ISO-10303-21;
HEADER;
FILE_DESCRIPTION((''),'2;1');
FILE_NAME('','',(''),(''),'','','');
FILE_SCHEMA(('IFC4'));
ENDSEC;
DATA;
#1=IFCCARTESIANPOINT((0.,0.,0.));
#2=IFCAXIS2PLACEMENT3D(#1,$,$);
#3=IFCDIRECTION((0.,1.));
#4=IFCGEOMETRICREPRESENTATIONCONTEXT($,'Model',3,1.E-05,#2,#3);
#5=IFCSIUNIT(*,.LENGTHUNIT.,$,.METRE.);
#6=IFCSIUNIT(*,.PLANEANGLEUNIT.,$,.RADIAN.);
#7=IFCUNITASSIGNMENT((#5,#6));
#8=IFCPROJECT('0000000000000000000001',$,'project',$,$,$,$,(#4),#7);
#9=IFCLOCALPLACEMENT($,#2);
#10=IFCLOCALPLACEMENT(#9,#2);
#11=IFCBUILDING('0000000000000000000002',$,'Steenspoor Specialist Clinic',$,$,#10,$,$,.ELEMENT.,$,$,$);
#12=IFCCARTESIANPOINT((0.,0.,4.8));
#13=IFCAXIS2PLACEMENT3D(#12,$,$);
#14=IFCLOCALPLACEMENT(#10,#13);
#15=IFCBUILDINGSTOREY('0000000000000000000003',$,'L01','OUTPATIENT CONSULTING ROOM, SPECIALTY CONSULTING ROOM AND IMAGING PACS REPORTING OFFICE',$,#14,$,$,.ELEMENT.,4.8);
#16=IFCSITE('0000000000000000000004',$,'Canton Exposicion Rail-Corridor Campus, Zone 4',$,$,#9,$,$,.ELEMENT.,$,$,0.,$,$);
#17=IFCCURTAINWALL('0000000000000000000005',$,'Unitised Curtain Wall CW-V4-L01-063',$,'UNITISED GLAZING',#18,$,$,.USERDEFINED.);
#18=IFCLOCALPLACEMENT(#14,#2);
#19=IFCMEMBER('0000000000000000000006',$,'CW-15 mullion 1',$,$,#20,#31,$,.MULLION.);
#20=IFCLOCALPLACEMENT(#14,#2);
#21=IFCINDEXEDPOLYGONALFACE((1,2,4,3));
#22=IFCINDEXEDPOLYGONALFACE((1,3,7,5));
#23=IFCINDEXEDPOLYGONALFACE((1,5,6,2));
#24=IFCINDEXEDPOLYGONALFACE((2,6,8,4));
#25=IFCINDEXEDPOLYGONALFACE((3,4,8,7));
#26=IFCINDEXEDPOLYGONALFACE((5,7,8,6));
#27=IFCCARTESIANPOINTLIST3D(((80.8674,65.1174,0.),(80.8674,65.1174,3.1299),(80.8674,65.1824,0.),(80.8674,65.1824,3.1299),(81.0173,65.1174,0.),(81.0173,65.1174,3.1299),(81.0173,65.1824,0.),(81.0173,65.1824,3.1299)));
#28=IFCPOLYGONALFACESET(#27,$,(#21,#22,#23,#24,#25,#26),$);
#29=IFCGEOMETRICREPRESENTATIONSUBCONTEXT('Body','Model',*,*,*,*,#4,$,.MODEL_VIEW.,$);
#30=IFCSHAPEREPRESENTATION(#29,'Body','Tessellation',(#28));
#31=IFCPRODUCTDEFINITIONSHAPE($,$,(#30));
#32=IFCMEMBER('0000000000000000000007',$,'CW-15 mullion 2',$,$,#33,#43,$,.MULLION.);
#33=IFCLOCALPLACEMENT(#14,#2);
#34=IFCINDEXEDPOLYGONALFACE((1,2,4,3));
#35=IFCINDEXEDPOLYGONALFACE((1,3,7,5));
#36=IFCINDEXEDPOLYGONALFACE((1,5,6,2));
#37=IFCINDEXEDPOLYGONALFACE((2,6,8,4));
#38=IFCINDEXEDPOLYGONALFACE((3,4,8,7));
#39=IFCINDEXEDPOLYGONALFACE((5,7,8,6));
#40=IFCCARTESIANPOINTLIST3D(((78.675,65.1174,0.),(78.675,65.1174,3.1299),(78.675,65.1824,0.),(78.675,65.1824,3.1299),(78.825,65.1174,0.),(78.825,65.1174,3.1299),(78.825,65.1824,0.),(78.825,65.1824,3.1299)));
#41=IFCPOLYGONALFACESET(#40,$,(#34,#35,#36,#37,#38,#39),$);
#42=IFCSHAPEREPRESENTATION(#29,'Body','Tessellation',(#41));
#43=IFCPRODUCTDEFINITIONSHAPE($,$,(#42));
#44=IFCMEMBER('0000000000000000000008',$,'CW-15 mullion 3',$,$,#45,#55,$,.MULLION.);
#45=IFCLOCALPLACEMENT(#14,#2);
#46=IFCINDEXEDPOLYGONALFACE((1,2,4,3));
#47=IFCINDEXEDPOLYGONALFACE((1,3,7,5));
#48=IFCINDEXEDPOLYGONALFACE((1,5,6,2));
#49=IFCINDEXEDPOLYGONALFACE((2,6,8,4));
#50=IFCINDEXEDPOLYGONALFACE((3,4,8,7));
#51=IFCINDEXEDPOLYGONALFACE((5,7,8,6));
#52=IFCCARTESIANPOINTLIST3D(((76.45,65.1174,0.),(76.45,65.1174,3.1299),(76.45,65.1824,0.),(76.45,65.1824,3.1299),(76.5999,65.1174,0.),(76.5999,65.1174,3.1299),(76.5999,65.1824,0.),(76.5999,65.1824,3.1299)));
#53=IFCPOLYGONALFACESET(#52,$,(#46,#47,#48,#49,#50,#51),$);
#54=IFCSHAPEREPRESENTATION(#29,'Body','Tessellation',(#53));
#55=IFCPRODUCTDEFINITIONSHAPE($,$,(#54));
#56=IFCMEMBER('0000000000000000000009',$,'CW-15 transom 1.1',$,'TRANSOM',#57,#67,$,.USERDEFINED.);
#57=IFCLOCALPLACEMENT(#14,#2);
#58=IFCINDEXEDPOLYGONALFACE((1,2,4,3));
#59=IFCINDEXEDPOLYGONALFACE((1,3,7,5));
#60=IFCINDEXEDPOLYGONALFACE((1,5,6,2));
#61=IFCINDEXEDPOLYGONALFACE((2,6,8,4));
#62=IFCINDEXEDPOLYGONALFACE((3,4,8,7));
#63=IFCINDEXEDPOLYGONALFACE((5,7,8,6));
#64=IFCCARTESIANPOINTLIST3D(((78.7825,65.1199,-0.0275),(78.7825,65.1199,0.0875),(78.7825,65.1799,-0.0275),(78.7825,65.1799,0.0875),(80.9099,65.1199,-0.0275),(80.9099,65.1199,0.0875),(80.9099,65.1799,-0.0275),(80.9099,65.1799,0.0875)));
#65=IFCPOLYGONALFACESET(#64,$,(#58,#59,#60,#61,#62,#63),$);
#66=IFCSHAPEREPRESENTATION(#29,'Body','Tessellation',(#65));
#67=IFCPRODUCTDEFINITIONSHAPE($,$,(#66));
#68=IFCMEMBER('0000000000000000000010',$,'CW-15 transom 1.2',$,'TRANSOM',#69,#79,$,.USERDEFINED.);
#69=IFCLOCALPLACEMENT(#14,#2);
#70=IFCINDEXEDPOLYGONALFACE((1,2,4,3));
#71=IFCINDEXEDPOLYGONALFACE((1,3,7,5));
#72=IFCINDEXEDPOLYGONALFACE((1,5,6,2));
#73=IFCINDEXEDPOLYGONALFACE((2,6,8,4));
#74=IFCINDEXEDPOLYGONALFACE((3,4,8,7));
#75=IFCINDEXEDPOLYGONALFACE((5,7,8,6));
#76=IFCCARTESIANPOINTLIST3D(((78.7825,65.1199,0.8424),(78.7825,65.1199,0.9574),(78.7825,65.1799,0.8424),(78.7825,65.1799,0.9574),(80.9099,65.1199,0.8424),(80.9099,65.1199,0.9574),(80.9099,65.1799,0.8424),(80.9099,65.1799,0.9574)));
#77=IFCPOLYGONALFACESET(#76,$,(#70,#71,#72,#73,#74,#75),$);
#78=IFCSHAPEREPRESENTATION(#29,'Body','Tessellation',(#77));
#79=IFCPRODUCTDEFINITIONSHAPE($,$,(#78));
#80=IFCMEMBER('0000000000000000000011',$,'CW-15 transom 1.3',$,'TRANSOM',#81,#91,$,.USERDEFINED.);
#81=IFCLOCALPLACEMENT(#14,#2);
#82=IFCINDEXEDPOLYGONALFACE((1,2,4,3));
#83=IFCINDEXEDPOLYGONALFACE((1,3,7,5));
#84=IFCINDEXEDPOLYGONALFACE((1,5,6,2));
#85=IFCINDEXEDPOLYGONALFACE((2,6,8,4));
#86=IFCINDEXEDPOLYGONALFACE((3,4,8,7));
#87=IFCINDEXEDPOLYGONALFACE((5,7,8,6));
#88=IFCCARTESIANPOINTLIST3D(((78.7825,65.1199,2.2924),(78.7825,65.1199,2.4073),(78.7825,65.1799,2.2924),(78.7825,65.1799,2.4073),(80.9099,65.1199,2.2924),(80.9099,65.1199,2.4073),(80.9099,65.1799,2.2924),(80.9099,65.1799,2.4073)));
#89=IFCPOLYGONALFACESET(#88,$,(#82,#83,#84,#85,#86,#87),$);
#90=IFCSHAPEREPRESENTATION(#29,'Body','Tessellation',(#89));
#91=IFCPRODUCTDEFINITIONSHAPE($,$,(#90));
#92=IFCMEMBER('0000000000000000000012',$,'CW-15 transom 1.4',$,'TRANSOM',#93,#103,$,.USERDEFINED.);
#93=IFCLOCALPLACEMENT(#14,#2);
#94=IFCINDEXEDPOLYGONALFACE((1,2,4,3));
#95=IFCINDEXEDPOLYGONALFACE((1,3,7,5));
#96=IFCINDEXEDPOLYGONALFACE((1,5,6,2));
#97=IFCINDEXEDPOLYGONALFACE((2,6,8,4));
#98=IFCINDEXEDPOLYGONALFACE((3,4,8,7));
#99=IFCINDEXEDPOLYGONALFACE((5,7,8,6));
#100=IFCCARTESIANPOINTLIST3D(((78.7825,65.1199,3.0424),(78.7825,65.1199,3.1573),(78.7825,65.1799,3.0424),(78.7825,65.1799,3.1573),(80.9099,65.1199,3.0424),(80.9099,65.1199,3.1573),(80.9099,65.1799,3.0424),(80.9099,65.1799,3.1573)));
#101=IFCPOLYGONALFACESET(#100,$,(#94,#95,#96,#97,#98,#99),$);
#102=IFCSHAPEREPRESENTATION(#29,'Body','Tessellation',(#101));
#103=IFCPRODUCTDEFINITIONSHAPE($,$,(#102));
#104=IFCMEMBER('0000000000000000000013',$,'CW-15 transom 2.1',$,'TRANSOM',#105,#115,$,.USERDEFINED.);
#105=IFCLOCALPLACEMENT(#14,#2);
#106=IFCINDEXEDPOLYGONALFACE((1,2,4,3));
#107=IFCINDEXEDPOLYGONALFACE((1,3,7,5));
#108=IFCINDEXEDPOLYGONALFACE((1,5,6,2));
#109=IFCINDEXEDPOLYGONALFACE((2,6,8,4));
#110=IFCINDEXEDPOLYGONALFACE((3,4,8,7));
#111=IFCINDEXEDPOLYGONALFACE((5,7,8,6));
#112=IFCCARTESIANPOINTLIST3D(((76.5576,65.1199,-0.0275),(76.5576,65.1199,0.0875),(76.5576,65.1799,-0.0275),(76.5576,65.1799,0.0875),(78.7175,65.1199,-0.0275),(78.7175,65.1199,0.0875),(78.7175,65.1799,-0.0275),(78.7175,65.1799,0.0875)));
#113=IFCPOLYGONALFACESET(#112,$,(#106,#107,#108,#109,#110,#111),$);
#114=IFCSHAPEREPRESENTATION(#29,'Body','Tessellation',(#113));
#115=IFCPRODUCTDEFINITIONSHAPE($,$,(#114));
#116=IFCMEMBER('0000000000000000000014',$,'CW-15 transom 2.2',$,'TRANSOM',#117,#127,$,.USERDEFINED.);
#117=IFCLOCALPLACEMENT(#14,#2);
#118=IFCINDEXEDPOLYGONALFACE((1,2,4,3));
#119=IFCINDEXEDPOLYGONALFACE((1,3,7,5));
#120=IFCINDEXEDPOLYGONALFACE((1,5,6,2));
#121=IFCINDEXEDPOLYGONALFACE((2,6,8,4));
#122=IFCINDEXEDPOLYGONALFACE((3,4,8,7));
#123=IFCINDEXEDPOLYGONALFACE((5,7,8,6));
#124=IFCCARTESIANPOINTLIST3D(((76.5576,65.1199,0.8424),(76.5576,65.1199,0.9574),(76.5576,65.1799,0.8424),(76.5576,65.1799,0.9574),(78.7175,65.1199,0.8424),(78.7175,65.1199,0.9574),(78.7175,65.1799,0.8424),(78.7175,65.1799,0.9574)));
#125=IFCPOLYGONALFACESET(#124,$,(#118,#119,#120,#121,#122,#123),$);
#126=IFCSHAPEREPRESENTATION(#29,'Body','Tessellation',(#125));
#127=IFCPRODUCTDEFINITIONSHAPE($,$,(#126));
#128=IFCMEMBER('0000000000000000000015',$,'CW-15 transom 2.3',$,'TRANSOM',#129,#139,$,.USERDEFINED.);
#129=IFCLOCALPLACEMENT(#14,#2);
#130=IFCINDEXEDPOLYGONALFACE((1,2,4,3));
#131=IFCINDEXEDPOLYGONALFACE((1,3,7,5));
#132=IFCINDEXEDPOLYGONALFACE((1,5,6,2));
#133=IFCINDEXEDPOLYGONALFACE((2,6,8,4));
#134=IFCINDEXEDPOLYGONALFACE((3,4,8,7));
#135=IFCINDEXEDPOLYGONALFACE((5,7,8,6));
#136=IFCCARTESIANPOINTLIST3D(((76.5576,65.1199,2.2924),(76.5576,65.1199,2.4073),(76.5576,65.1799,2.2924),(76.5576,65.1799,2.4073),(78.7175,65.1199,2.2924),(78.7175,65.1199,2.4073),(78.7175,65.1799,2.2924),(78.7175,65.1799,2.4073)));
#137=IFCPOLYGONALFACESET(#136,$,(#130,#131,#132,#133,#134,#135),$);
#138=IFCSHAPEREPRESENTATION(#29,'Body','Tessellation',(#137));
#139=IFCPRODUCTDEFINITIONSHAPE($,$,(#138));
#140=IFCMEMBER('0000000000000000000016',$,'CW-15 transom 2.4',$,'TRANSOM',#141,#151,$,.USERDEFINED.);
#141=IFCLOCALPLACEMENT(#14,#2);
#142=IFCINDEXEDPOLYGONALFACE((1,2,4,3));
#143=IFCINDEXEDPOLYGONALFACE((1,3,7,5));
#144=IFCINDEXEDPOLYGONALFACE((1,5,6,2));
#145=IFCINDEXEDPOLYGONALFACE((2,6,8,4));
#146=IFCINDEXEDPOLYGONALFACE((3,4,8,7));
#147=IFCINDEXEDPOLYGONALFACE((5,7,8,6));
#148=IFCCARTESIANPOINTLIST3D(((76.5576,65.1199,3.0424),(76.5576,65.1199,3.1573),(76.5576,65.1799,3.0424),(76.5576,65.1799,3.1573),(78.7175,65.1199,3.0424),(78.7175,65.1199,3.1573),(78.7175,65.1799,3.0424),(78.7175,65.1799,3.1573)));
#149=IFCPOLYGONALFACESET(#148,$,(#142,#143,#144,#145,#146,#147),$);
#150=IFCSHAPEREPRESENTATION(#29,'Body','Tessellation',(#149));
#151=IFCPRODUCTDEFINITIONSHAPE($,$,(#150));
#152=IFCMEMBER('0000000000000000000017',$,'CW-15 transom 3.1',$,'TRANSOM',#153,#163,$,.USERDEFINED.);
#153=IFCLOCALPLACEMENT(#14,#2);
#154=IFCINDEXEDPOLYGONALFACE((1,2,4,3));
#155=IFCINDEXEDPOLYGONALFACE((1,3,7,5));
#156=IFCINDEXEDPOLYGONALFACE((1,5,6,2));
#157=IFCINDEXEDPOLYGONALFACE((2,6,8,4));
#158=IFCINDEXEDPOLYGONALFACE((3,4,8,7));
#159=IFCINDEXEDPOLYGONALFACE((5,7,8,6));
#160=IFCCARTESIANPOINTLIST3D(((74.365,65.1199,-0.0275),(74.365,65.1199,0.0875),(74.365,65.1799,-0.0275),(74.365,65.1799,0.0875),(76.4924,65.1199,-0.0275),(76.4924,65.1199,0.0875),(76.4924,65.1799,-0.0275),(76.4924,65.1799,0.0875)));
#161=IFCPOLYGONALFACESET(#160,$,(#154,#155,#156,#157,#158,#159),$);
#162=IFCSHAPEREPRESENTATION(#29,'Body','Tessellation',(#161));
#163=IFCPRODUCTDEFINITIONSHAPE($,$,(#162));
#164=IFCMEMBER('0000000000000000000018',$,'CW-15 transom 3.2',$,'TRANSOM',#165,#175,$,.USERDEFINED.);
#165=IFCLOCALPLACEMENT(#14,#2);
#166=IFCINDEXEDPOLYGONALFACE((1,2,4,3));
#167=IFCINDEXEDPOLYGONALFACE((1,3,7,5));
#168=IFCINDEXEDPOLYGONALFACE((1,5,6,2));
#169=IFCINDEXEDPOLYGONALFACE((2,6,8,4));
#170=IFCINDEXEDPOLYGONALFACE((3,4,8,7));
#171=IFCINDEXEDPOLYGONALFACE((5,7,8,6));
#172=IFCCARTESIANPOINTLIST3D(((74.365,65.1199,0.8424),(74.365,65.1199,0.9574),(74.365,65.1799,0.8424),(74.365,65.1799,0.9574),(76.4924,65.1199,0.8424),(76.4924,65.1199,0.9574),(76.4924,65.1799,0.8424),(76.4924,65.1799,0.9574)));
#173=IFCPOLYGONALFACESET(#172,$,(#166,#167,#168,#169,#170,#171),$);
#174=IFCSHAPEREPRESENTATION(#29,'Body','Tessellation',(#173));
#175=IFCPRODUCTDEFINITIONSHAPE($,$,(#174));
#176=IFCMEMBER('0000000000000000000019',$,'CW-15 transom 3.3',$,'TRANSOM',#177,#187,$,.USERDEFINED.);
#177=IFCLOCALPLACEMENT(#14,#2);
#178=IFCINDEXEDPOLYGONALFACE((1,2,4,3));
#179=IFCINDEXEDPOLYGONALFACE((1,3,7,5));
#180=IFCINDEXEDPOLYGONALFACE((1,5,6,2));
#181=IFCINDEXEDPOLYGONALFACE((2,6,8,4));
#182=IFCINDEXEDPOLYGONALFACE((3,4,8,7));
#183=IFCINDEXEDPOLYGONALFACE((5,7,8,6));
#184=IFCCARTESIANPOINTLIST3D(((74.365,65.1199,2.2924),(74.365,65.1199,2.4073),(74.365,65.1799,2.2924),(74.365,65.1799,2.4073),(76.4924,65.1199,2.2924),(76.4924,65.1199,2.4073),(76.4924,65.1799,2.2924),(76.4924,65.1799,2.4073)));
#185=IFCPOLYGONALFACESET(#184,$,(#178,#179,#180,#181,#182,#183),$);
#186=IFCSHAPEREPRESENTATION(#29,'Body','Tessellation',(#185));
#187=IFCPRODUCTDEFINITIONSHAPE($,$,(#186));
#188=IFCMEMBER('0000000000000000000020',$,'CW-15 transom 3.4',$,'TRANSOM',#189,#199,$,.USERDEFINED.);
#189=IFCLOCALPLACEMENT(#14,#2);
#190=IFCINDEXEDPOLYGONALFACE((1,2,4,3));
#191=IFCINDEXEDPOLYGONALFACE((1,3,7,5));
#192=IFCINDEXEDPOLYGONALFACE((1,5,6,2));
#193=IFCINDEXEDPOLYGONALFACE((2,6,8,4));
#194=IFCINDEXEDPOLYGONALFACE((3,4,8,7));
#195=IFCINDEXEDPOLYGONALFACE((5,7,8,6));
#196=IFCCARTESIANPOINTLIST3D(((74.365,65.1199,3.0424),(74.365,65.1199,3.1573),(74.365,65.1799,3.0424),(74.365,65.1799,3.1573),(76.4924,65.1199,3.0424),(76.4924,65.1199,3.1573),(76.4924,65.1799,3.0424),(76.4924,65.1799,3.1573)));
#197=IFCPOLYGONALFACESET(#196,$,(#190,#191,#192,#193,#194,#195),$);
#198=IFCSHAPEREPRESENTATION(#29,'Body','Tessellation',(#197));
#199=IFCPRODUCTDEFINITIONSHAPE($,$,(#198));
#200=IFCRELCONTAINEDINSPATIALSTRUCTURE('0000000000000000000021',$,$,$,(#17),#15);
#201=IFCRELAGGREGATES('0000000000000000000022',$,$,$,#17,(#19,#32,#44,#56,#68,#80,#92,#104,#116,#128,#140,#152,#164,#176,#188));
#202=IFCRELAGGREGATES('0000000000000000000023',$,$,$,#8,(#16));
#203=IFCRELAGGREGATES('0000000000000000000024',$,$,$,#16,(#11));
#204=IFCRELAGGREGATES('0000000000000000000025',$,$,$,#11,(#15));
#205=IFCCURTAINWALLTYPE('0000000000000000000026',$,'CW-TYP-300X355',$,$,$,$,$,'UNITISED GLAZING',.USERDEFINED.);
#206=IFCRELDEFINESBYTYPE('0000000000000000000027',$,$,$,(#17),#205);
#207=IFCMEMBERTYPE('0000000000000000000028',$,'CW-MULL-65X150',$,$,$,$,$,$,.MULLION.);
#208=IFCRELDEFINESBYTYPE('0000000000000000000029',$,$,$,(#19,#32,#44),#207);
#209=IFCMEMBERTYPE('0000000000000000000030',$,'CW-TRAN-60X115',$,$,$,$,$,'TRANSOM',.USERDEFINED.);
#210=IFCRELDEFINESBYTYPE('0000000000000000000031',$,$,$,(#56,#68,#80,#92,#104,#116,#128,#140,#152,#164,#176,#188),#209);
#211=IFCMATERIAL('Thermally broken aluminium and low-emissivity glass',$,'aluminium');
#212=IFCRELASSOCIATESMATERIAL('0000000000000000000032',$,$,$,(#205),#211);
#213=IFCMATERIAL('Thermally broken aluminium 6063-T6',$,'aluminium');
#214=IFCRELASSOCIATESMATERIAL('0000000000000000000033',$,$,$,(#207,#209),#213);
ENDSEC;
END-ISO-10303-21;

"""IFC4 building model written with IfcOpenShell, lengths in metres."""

from ifc_helpers import new_model, si_unit, direction, frame, origin, origin_2d, place, context, subcontext, project, spatial, rectangle, extrude, material, material_profile, profile_set, type_object, element, aggregate, save


model = new_model("IFC4")

# Units and contexts
model_context = context("Model", 3, precision=1e-05, world=origin(), true_north=direction((0.0, 1.0)))
body_context = subcontext(model_context, "Body", "Model", "MODEL_VIEW")
ifc_project = project(units=[si_unit("LENGTHUNIT", "METRE"), si_unit("PLANEANGLEUNIT", "RADIAN")], contexts=[model_context])

# Site, building, storey
site_placement = place(None, origin())
site = spatial("IfcSite", under=ifc_project, at=site_placement, Name="Canton Exposicion Rail-Corridor Campus, Zone 4", CompositionType="ELEMENT", RefElevation=0.0)
building_placement = place(site_placement, origin())
building = spatial("IfcBuilding", under=site, at=building_placement, Name="Steenspoor Specialist Clinic", CompositionType="ELEMENT")
storey_placement = place(building_placement, frame((0.0, 0.0, 4.8)))
storey = spatial("IfcBuildingStorey", under=building, at=storey_placement, Name="L01", Description="OUTPATIENT CONSULTING ROOM, SPECIALTY CONSULTING ROOM AND IMAGING PACS REPORTING OFFICE", CompositionType="ELEMENT", Elevation=4.8)

# Curtain wall, members
ifc_material_1 = material(Name="Thermally broken aluminium and low-emissivity glass", Category="aluminium")
curtain_wall_type = type_object("IfcCurtainWallType", Name="CW-TYP-300X355", ElementType="UNITISED GLAZING", PredefinedType="USERDEFINED", material=ifc_material_1)
curtain_wall_placement = place(storey_placement, origin())
curtain_wall = element("IfcCurtainWall", 1, at=curtain_wall_placement, inside=storey, type_object=curtain_wall_type, Name="Unitised Curtain Wall CW-V4-L01-063", ObjectType="UNITISED GLAZING", PredefinedType="USERDEFINED")
ifc_material_2 = material(Name="Thermally broken aluminium 6063-T6", Category="aluminium")
ifc_material_profile_1 = material_profile(ifc_material_2, rectangle(XDim=0.0649, YDim=0.1499, at=origin_2d()), Name="CWM-65X150")
ifc_profile_set_1 = profile_set([ifc_material_profile_1], Name="Thermally broken aluminium 6063-T6")
member_type_1 = type_object("IfcMemberType", Name="CW-MULL-65X150", PredefinedType="MULLION", material=ifc_profile_set_1)
member_1_placement = place(storey_placement, frame((80.9424, 65.1499, 0.0), z_axis=(0.0, 0.0, 1.0), x_axis=(0.0, -1.0, 0.0)))
member_1 = element("IfcMember", 2, at=member_1_placement, type_object=member_type_1, Name="CW-15 mullion 1", PredefinedType="MULLION", context=body_context, shape_type="SweptSolid", body=[
    extrude(rectangle(XDim=0.0649, YDim=0.1499, at=origin_2d()), origin(), (0.0, 0.0, 1.0), 3.1299),
])
member_2_placement = place(storey_placement, frame((78.75, 65.1499, 0.0), z_axis=(0.0, 0.0, 1.0), x_axis=(0.0, -1.0, 0.0)))
member_2 = element("IfcMember", 3, at=member_2_placement, type_object=member_type_1, Name="CW-15 mullion 2", PredefinedType="MULLION", context=body_context, shape_type="SweptSolid", body=[
    extrude(rectangle(XDim=0.0649, YDim=0.1499, at=origin_2d()), origin(), (0.0, 0.0, 1.0), 3.1299),
])
member_3_placement = place(storey_placement, frame((76.5249, 65.1499, 0.0), z_axis=(0.0, 0.0, 1.0), x_axis=(0.0, -1.0, 0.0)))
member_3 = element("IfcMember", 4, at=member_3_placement, type_object=member_type_1, Name="CW-15 mullion 3", PredefinedType="MULLION", context=body_context, shape_type="SweptSolid", body=[
    extrude(rectangle(XDim=0.0649, YDim=0.1499, at=origin_2d()), origin(), (0.0, 0.0, 1.0), 3.1299),
])
ifc_material_profile_2 = material_profile(ifc_material_2, rectangle(XDim=0.0601, YDim=0.115, at=origin_2d()), Name="CWT-60X115")
ifc_profile_set_2 = profile_set([ifc_material_profile_2], Name="Thermally broken aluminium 6063-T6")
member_type_2 = type_object("IfcMemberType", Name="CW-TRAN-60X115", ElementType="TRANSOM", PredefinedType="USERDEFINED", material=ifc_profile_set_2)
member_4_placement = place(storey_placement, frame((80.9099, 65.1499, 0.03), z_axis=(-1.0, 0.0, 0.0), x_axis=(0.0, -1.0, 0.0)))
member_4 = element("IfcMember", 5, at=member_4_placement, type_object=member_type_2, Name="CW-15 transom 1.1", ObjectType="TRANSOM", PredefinedType="USERDEFINED", context=body_context, shape_type="SweptSolid", body=[
    extrude(rectangle(XDim=0.0601, YDim=0.115, at=origin_2d()), origin(), (0.0, 0.0, 1.0), 2.1274),
])
member_5_placement = place(storey_placement, frame((80.9099, 65.1499, 0.8999), z_axis=(-1.0, 0.0, 0.0), x_axis=(0.0, -1.0, 0.0)))
member_5 = element("IfcMember", 6, at=member_5_placement, type_object=member_type_2, Name="CW-15 transom 1.2", ObjectType="TRANSOM", PredefinedType="USERDEFINED", context=body_context, shape_type="SweptSolid", body=[
    extrude(rectangle(XDim=0.0601, YDim=0.115, at=origin_2d()), origin(), (0.0, 0.0, 1.0), 2.1274),
])
member_6_placement = place(storey_placement, frame((80.9099, 65.1499, 2.3499), z_axis=(-1.0, 0.0, 0.0), x_axis=(0.0, -1.0, 0.0)))
member_6 = element("IfcMember", 7, at=member_6_placement, type_object=member_type_2, Name="CW-15 transom 1.3", ObjectType="TRANSOM", PredefinedType="USERDEFINED", context=body_context, shape_type="SweptSolid", body=[
    extrude(rectangle(XDim=0.0601, YDim=0.115, at=origin_2d()), origin(), (0.0, 0.0, 1.0), 2.1274),
])
member_7_placement = place(storey_placement, frame((80.9099, 65.1499, 3.0999), z_axis=(-1.0, 0.0, 0.0), x_axis=(0.0, -1.0, 0.0)))
member_7 = element("IfcMember", 8, at=member_7_placement, type_object=member_type_2, Name="CW-15 transom 1.4", ObjectType="TRANSOM", PredefinedType="USERDEFINED", context=body_context, shape_type="SweptSolid", body=[
    extrude(rectangle(XDim=0.0601, YDim=0.115, at=origin_2d()), origin(), (0.0, 0.0, 1.0), 2.1274),
])
member_8_placement = place(storey_placement, frame((78.7175, 65.1499, 0.03), z_axis=(-1.0, 0.0, 0.0), x_axis=(0.0, -1.0, 0.0)))
member_8 = element("IfcMember", 9, at=member_8_placement, type_object=member_type_2, Name="CW-15 transom 2.1", ObjectType="TRANSOM", PredefinedType="USERDEFINED", context=body_context, shape_type="SweptSolid", body=[
    extrude(rectangle(XDim=0.0601, YDim=0.115, at=origin_2d()), origin(), (0.0, 0.0, 1.0), 2.1599),
])
member_9_placement = place(storey_placement, frame((78.7175, 65.1499, 0.8999), z_axis=(-1.0, 0.0, 0.0), x_axis=(0.0, -1.0, 0.0)))
member_9 = element("IfcMember", 10, at=member_9_placement, type_object=member_type_2, Name="CW-15 transom 2.2", ObjectType="TRANSOM", PredefinedType="USERDEFINED", context=body_context, shape_type="SweptSolid", body=[
    extrude(rectangle(XDim=0.0601, YDim=0.115, at=origin_2d()), origin(), (0.0, 0.0, 1.0), 2.1599),
])
member_10_placement = place(storey_placement, frame((78.7175, 65.1499, 2.3499), z_axis=(-1.0, 0.0, 0.0), x_axis=(0.0, -1.0, 0.0)))
member_10 = element("IfcMember", 11, at=member_10_placement, type_object=member_type_2, Name="CW-15 transom 2.3", ObjectType="TRANSOM", PredefinedType="USERDEFINED", context=body_context, shape_type="SweptSolid", body=[
    extrude(rectangle(XDim=0.0601, YDim=0.115, at=origin_2d()), origin(), (0.0, 0.0, 1.0), 2.1599),
])
member_11_placement = place(storey_placement, frame((78.7175, 65.1499, 3.0999), z_axis=(-1.0, 0.0, 0.0), x_axis=(0.0, -1.0, 0.0)))
member_11 = element("IfcMember", 12, at=member_11_placement, type_object=member_type_2, Name="CW-15 transom 2.4", ObjectType="TRANSOM", PredefinedType="USERDEFINED", context=body_context, shape_type="SweptSolid", body=[
    extrude(rectangle(XDim=0.0601, YDim=0.115, at=origin_2d()), origin(), (0.0, 0.0, 1.0), 2.1599),
])
member_12_placement = place(storey_placement, frame((76.4924, 65.1499, 0.03), z_axis=(-1.0, 0.0, 0.0), x_axis=(0.0, -1.0, 0.0)))
member_12 = element("IfcMember", 13, at=member_12_placement, type_object=member_type_2, Name="CW-15 transom 3.1", ObjectType="TRANSOM", PredefinedType="USERDEFINED", context=body_context, shape_type="SweptSolid", body=[
    extrude(rectangle(XDim=0.0601, YDim=0.115, at=origin_2d()), origin(), (0.0, 0.0, 1.0), 2.1274),
])
member_13_placement = place(storey_placement, frame((76.4924, 65.1499, 0.8999), z_axis=(-1.0, 0.0, 0.0), x_axis=(0.0, -1.0, 0.0)))
member_13 = element("IfcMember", 14, at=member_13_placement, type_object=member_type_2, Name="CW-15 transom 3.2", ObjectType="TRANSOM", PredefinedType="USERDEFINED", context=body_context, shape_type="SweptSolid", body=[
    extrude(rectangle(XDim=0.0601, YDim=0.115, at=origin_2d()), origin(), (0.0, 0.0, 1.0), 2.1274),
])
member_14_placement = place(storey_placement, frame((76.4924, 65.1499, 2.3499), z_axis=(-1.0, 0.0, 0.0), x_axis=(0.0, -1.0, 0.0)))
member_14 = element("IfcMember", 15, at=member_14_placement, type_object=member_type_2, Name="CW-15 transom 3.3", ObjectType="TRANSOM", PredefinedType="USERDEFINED", context=body_context, shape_type="SweptSolid", body=[
    extrude(rectangle(XDim=0.0601, YDim=0.115, at=origin_2d()), origin(), (0.0, 0.0, 1.0), 2.1274),
])
member_15_placement = place(storey_placement, frame((76.4924, 65.1499, 3.0999), z_axis=(-1.0, 0.0, 0.0), x_axis=(0.0, -1.0, 0.0)))
member_15 = element("IfcMember", 16, at=member_15_placement, type_object=member_type_2, Name="CW-15 transom 3.4", ObjectType="TRANSOM", PredefinedType="USERDEFINED", context=body_context, shape_type="SweptSolid", body=[
    extrude(rectangle(XDim=0.0601, YDim=0.115, at=origin_2d()), origin(), (0.0, 0.0, 1.0), 2.1274),
])

aggregate(curtain_wall, [member_1, member_2, member_3, member_4, member_5, member_6, member_7, member_8, member_9, member_10, member_11, member_12, member_13, member_14, member_15])

save(model, "model.ifc")
